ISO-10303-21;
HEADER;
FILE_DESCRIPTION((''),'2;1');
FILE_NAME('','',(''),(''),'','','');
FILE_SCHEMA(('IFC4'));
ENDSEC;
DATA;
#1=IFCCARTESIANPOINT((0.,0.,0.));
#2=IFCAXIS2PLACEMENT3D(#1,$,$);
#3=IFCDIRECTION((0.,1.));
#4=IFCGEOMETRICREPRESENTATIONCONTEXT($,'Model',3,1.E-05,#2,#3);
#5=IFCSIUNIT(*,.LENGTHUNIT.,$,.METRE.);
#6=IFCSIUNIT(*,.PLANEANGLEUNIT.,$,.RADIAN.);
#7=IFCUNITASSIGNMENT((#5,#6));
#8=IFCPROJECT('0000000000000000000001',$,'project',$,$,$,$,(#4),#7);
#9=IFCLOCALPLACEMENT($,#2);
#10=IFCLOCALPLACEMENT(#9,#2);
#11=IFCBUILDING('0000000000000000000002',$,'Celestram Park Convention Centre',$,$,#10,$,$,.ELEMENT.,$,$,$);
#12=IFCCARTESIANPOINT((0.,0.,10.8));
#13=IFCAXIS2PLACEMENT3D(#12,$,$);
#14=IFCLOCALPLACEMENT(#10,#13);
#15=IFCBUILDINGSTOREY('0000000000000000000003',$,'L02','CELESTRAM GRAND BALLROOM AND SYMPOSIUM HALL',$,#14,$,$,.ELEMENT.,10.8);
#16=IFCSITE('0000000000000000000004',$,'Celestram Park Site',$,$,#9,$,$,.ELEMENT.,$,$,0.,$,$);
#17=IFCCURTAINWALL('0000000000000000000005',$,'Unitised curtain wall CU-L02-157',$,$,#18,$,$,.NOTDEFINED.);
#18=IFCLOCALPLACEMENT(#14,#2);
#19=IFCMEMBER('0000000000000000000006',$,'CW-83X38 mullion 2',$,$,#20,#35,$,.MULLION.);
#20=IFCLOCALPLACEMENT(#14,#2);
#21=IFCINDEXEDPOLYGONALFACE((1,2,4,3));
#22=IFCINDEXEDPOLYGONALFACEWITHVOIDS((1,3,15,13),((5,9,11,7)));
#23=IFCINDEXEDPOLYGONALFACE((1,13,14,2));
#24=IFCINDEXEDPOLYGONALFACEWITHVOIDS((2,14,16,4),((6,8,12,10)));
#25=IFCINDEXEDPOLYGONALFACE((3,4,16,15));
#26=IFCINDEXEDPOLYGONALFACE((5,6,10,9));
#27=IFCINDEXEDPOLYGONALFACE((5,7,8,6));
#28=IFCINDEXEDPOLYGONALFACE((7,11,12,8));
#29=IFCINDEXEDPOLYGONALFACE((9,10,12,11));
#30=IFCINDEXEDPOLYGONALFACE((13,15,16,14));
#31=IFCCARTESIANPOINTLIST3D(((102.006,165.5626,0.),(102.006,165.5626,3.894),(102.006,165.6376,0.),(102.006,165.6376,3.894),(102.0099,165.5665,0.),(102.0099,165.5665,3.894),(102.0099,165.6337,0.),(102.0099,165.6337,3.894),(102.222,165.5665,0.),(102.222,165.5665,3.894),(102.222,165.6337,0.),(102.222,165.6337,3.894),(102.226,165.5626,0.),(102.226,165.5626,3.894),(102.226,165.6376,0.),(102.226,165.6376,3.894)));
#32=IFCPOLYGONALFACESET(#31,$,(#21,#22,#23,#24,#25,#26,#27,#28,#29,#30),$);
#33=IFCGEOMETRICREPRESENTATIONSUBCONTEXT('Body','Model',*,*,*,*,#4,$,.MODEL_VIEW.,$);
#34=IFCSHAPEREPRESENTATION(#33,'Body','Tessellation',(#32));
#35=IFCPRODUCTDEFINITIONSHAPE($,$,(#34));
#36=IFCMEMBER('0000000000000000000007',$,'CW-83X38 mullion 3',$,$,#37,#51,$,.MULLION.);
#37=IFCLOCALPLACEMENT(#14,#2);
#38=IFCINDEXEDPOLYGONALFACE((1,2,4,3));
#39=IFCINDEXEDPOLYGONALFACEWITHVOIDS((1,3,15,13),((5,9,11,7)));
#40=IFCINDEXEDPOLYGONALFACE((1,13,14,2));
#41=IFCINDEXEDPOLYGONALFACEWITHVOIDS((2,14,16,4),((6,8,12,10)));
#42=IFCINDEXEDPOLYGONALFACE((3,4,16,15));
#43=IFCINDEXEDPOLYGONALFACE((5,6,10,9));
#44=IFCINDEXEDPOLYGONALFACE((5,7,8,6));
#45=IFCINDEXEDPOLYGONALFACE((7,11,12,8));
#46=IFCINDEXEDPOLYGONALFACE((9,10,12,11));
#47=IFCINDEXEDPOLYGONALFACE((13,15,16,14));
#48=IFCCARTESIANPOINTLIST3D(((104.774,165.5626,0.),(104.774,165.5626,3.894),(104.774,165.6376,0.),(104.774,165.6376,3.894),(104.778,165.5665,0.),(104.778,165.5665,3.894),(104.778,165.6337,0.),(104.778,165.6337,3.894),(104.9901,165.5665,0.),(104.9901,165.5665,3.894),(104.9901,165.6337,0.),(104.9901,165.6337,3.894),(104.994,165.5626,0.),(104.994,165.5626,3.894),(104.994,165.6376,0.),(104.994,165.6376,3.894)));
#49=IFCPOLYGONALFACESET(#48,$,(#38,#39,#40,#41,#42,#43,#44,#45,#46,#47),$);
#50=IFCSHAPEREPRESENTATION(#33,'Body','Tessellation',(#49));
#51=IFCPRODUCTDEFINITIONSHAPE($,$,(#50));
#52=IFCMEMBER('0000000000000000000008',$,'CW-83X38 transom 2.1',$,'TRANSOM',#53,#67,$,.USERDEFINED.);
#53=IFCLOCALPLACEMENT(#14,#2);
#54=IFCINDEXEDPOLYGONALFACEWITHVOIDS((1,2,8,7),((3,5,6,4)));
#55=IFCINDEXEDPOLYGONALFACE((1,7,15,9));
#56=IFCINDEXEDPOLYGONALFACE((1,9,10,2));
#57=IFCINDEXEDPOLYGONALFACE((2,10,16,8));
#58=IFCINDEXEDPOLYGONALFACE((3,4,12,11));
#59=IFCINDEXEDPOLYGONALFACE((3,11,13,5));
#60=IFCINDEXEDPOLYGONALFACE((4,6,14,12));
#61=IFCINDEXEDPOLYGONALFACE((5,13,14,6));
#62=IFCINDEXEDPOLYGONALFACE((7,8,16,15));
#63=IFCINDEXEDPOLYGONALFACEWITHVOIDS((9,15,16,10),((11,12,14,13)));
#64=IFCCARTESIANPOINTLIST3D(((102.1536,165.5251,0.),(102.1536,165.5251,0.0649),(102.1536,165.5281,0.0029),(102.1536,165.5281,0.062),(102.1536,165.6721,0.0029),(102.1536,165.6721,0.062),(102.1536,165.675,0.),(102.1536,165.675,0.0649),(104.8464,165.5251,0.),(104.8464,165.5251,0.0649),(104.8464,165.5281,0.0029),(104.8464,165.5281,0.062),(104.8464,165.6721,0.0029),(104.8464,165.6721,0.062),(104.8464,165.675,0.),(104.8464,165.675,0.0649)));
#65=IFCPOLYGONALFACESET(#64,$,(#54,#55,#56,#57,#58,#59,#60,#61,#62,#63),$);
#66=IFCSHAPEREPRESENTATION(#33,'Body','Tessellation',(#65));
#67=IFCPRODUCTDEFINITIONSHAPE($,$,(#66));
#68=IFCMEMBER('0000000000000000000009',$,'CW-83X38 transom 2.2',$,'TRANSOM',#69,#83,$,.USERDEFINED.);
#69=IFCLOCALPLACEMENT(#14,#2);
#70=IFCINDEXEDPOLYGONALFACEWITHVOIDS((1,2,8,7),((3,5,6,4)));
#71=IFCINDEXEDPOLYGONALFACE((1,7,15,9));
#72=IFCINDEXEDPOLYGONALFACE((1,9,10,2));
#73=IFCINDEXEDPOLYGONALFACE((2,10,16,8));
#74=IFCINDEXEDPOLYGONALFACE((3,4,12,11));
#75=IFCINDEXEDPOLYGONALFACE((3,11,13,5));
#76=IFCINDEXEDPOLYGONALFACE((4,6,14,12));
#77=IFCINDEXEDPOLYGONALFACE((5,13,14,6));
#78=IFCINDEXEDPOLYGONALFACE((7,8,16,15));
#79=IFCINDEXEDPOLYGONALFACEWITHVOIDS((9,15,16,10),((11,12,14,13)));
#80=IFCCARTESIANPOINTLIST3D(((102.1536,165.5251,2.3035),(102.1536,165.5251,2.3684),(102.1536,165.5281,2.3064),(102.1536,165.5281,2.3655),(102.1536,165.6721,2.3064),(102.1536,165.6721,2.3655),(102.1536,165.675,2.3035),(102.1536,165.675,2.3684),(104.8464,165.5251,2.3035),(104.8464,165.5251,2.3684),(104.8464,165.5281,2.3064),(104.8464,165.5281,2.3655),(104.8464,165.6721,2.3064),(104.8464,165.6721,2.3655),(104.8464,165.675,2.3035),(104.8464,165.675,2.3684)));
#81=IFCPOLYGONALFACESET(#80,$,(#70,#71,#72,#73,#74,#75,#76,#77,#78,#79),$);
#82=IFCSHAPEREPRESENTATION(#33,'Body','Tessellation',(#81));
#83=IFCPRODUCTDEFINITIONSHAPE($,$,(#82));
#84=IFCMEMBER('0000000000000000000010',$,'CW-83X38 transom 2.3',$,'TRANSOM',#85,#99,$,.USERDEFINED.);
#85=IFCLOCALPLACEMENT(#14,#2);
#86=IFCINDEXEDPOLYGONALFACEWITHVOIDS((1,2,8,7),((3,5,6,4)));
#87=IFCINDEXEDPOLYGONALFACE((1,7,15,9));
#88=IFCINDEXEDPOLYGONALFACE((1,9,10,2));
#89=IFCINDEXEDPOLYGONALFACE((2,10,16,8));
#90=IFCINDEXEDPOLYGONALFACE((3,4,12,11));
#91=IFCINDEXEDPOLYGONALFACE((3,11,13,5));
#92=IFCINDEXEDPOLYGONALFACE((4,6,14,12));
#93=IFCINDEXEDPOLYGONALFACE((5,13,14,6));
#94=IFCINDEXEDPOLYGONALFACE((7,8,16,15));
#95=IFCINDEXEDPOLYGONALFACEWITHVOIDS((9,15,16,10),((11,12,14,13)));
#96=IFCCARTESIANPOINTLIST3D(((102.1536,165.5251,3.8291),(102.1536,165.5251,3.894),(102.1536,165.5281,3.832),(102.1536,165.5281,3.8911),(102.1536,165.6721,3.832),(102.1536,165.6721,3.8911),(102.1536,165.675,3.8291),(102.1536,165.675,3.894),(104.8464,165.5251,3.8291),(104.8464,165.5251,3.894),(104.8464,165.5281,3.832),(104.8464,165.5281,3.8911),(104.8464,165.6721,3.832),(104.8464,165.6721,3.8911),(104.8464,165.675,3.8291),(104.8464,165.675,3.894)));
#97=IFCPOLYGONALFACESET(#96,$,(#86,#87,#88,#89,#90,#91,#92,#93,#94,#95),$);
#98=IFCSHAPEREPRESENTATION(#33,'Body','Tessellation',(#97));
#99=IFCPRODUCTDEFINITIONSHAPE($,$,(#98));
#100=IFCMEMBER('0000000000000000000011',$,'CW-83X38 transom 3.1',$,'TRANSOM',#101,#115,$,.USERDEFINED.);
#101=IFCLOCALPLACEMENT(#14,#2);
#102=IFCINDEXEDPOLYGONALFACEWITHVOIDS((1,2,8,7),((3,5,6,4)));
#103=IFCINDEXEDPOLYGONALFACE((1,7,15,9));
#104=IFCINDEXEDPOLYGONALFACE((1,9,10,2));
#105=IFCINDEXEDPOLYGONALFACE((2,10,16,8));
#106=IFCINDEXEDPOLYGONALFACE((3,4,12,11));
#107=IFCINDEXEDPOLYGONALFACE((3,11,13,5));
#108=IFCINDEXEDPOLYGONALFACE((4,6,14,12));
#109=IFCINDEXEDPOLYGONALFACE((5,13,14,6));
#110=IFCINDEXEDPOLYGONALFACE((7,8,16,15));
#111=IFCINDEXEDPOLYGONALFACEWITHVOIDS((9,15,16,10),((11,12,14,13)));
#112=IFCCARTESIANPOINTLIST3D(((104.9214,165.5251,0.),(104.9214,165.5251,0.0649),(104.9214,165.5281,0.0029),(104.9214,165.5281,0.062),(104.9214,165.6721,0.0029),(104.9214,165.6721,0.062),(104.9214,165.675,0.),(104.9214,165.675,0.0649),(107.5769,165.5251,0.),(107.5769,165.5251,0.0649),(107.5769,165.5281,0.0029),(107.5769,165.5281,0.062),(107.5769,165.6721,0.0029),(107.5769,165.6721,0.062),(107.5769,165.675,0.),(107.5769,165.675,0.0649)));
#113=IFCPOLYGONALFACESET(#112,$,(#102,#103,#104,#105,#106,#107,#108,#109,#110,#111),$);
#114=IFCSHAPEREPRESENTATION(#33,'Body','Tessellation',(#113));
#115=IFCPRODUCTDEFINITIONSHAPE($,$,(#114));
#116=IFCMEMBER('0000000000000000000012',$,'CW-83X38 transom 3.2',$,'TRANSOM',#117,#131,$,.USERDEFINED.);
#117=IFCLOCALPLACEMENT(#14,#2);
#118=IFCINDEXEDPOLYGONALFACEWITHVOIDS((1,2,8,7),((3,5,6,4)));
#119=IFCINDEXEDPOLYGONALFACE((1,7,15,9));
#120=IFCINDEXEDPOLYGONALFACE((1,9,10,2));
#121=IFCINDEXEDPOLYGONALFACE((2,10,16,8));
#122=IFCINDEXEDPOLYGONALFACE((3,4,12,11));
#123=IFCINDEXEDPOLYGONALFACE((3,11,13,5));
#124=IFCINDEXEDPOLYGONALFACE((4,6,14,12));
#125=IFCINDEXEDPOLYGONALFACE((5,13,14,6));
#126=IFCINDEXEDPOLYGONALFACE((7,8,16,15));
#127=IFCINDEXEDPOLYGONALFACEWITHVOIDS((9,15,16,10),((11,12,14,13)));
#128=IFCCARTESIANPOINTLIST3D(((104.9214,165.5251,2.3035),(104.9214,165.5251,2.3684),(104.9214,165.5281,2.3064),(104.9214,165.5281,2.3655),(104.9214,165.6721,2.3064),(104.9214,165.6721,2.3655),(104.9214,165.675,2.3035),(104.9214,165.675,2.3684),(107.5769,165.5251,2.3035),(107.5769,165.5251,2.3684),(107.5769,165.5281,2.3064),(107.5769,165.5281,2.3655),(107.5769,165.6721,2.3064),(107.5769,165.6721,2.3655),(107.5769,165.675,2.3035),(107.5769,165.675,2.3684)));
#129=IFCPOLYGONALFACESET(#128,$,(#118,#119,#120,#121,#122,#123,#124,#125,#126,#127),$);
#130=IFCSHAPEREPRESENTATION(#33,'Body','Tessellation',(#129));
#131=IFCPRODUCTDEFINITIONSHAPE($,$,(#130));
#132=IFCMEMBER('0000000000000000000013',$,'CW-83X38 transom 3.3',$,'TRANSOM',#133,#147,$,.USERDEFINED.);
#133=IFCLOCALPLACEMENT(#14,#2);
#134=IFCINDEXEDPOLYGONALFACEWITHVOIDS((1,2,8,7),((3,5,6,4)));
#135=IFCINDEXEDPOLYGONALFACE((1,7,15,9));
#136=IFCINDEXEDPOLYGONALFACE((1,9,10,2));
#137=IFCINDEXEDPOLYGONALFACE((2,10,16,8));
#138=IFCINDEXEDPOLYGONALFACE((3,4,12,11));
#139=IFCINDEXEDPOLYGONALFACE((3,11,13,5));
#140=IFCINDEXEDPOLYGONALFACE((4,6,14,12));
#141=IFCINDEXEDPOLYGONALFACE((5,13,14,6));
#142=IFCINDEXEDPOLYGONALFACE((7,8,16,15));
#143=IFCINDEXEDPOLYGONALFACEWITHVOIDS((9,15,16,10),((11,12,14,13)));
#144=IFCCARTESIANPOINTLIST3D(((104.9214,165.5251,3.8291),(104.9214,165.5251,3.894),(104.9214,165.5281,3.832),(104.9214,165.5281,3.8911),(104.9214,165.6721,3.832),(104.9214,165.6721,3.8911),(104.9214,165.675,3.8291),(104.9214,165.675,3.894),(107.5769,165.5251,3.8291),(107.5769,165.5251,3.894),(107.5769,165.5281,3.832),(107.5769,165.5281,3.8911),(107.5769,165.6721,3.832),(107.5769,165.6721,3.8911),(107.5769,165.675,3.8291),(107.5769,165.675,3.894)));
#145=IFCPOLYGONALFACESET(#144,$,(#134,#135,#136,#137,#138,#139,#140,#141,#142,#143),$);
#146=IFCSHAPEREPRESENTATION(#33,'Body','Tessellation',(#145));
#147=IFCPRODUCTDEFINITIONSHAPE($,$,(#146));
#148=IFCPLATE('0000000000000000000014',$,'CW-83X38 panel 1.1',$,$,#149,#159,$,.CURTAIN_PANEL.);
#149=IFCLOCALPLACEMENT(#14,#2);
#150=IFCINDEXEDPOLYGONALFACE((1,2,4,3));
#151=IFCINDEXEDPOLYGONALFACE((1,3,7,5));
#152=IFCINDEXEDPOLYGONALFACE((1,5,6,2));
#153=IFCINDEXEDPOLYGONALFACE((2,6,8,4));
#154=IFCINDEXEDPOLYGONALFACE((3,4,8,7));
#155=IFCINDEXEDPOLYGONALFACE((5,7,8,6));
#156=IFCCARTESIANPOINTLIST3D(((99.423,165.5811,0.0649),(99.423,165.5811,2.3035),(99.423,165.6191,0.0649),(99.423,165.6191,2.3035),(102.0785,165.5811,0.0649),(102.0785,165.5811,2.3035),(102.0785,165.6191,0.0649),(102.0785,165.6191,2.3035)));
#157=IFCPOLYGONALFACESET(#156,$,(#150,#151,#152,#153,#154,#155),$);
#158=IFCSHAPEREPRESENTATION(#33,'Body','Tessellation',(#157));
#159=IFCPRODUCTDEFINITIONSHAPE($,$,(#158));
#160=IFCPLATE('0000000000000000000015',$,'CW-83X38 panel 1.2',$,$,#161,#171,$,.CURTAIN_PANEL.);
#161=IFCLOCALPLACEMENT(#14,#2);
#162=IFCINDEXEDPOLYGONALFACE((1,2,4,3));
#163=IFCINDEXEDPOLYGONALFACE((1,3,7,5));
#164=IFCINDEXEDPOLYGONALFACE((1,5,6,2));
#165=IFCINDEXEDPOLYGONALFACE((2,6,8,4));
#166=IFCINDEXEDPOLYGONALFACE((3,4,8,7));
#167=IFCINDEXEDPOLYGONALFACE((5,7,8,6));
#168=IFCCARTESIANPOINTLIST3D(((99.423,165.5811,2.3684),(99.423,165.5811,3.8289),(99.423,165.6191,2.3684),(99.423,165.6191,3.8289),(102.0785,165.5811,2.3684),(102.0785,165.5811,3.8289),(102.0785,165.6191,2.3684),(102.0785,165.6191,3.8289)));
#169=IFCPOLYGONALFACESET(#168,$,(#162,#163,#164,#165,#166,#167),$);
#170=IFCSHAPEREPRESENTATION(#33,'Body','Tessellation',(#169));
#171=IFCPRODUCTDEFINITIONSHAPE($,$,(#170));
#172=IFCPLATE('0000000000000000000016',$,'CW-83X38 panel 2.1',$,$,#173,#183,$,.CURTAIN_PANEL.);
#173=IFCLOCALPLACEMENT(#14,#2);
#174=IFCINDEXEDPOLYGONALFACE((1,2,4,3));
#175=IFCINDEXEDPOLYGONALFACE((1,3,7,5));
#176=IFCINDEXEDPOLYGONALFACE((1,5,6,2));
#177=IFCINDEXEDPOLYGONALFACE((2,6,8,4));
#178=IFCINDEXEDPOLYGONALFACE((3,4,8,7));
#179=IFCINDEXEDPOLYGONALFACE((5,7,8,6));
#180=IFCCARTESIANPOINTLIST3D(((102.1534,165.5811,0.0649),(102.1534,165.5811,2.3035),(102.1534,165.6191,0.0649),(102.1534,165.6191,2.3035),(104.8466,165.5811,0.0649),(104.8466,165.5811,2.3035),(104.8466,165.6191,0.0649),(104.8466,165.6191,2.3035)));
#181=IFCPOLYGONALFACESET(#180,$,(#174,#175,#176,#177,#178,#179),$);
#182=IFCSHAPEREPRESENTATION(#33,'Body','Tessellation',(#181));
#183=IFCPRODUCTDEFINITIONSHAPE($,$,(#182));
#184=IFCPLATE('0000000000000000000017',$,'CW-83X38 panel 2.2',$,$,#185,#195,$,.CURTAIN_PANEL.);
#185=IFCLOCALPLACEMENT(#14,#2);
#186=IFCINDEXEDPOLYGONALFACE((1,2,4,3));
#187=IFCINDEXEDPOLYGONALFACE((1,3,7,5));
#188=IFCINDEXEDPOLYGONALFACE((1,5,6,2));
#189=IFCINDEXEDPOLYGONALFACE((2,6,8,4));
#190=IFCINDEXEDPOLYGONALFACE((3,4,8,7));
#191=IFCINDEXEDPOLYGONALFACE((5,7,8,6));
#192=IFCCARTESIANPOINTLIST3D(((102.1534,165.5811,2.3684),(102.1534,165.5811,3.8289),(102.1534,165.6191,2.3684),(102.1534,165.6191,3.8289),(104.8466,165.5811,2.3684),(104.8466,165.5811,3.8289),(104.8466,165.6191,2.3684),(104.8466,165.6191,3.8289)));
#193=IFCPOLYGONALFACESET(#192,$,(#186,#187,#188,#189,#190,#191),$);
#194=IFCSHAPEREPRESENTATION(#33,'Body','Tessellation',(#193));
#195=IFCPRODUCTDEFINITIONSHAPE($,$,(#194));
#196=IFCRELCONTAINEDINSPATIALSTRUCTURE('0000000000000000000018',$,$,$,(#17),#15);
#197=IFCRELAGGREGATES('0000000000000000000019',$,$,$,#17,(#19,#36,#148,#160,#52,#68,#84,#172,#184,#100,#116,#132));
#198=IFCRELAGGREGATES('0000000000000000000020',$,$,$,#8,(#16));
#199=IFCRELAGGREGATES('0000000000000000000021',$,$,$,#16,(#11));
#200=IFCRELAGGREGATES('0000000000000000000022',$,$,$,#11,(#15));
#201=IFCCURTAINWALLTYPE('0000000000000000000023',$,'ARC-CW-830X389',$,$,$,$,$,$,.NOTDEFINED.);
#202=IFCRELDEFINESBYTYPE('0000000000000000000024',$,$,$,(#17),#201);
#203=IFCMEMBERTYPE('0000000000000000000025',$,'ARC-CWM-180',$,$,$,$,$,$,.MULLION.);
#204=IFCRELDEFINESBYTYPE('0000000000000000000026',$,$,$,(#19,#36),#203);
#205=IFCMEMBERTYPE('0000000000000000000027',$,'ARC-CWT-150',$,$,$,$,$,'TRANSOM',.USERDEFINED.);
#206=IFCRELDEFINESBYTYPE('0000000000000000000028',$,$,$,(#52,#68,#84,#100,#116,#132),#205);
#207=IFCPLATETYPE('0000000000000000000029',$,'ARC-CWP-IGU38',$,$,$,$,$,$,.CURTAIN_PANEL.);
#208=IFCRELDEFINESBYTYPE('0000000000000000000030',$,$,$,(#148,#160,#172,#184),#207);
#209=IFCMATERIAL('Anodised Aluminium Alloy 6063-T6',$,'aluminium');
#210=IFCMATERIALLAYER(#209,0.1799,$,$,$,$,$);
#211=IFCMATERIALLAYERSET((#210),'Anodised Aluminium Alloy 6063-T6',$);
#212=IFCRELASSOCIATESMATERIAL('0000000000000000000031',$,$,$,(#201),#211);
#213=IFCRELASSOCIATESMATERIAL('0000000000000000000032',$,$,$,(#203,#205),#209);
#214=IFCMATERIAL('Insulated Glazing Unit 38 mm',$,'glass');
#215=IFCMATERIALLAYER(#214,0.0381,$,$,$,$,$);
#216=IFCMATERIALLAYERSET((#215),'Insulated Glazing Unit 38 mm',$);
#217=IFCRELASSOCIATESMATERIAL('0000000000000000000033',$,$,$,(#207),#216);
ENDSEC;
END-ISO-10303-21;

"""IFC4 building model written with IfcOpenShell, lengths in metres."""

from ifc_helpers import new_model, si_unit, direction, frame, origin, origin_2d, place, context, subcontext, project, spatial, rectangle, hollow_rectangle, extrude, material, layer, layer_set, material_profile, profile_set, type_object, element, aggregate, save


model = new_model("IFC4")

# Units and contexts
model_context = context("Model", 3, precision=1e-05, world=origin(), true_north=direction((0.0, 1.0)))
body_context = subcontext(model_context, "Body", "Model", "MODEL_VIEW")
ifc_project = project(units=[si_unit("LENGTHUNIT", "METRE"), si_unit("PLANEANGLEUNIT", "RADIAN")], contexts=[model_context])

# Site, building, storey
site_placement = place(None, origin())
site = spatial("IfcSite", under=ifc_project, at=site_placement, Name="Celestram Park Site", CompositionType="ELEMENT", RefElevation=0.0)
building_placement = place(site_placement, origin())
building = spatial("IfcBuilding", under=site, at=building_placement, Name="Celestram Park Convention Centre", CompositionType="ELEMENT")
storey_placement = place(building_placement, frame((0.0, 0.0, 10.8)))
storey = spatial("IfcBuildingStorey", under=building, at=storey_placement, Name="L02", Description="CELESTRAM GRAND BALLROOM AND SYMPOSIUM HALL", CompositionType="ELEMENT", Elevation=10.8)

# Curtain wall, members, plates
ifc_material_1 = material(Name="Anodised Aluminium Alloy 6063-T6", Category="aluminium")
ifc_layer_1 = layer(ifc_material_1, 0.1799)
ifc_layer_set_1 = layer_set([ifc_layer_1], Name="Anodised Aluminium Alloy 6063-T6")
curtain_wall_type = type_object("IfcCurtainWallType", Name="ARC-CW-830X389", PredefinedType="NOTDEFINED", material=ifc_layer_set_1)
curtain_wall_placement = place(storey_placement, origin())
curtain_wall = element("IfcCurtainWall", 1, at=curtain_wall_placement, inside=storey, type_object=curtain_wall_type, Name="Unitised curtain wall CU-L02-157", PredefinedType="NOTDEFINED")
ifc_material_profile_1 = material_profile(ifc_material_1, hollow_rectangle(XDim=0.075, YDim=0.22, WallThickness=0.0039, at=origin_2d()), Name="ALU75X220X4")
ifc_profile_set_1 = profile_set([ifc_material_profile_1], Name="Anodised Aluminium Alloy 6063-T6")
member_type_1 = type_object("IfcMemberType", Name="ARC-CWM-180", PredefinedType="MULLION", material=ifc_profile_set_1)
member_1_placement = place(storey_placement, frame((102.116, 165.6001, 0.0), z_axis=(0.0, 0.0, 1.0), x_axis=(0.0, 1.0, 0.0)))
member_1 = element("IfcMember", 2, at=member_1_placement, type_object=member_type_1, Name="CW-83X38 mullion 2", PredefinedType="MULLION", context=body_context, shape_type="SweptSolid", body=[
    extrude(hollow_rectangle(XDim=0.075, YDim=0.22, WallThickness=0.0039, at=origin_2d()), origin(), (0.0, 0.0, 1.0), 3.894),
])
member_2_placement = place(storey_placement, frame((104.884, 165.6001, 0.0), z_axis=(0.0, 0.0, 1.0), x_axis=(0.0, 1.0, 0.0)))
member_2 = element("IfcMember", 3, at=member_2_placement, type_object=member_type_1, Name="CW-83X38 mullion 3", PredefinedType="MULLION", context=body_context, shape_type="SweptSolid", body=[
    extrude(hollow_rectangle(XDim=0.075, YDim=0.22, WallThickness=0.0039, at=origin_2d()), origin(), (0.0, 0.0, 1.0), 3.894),
])
ifc_material_profile_2 = material_profile(ifc_material_1, hollow_rectangle(XDim=0.1499, YDim=0.0649, WallThickness=0.0029, at=origin_2d()), Name="ALU150X65X3")
ifc_profile_set_2 = profile_set([ifc_material_profile_2], Name="Anodised Aluminium Alloy 6063-T6")
member_type_2 = type_object("IfcMemberType", Name="ARC-CWT-150", ElementType="TRANSOM", PredefinedType="USERDEFINED", material=ifc_profile_set_2)
member_3_placement = place(storey_placement, frame((102.1536, 165.6001, 0.0325), z_axis=(1.0, 0.0, 0.0), x_axis=(0.0, 1.0, 0.0)))
member_3 = element("IfcMember", 4, at=member_3_placement, type_object=member_type_2, Name="CW-83X38 transom 2.1", ObjectType="TRANSOM", PredefinedType="USERDEFINED", context=body_context, shape_type="SweptSolid", body=[
    extrude(hollow_rectangle(XDim=0.1499, YDim=0.0649, WallThickness=0.0029, at=origin_2d()), origin(), (0.0, 0.0, 1.0), 2.6929),
])
member_4_placement = place(storey_placement, frame((102.1536, 165.6001, 2.3359), z_axis=(1.0, 0.0, 0.0), x_axis=(0.0, 1.0, 0.0)))
member_4 = element("IfcMember", 5, at=member_4_placement, type_object=member_type_2, Name="CW-83X38 transom 2.2", ObjectType="TRANSOM", PredefinedType="USERDEFINED", context=body_context, shape_type="SweptSolid", body=[
    extrude(hollow_rectangle(XDim=0.1499, YDim=0.0649, WallThickness=0.0029, at=origin_2d()), origin(), (0.0, 0.0, 1.0), 2.6929),
])
member_5_placement = place(storey_placement, frame((102.1536, 165.6001, 3.8616), z_axis=(1.0, 0.0, 0.0), x_axis=(0.0, 1.0, 0.0)))
member_5 = element("IfcMember", 6, at=member_5_placement, type_object=member_type_2, Name="CW-83X38 transom 2.3", ObjectType="TRANSOM", PredefinedType="USERDEFINED", context=body_context, shape_type="SweptSolid", body=[
    extrude(hollow_rectangle(XDim=0.1499, YDim=0.0649, WallThickness=0.0029, at=origin_2d()), origin(), (0.0, 0.0, 1.0), 2.6929),
])
member_6_placement = place(storey_placement, frame((104.9214, 165.6001, 0.0325), z_axis=(1.0, 0.0, 0.0), x_axis=(0.0, 1.0, 0.0)))
member_6 = element("IfcMember", 7, at=member_6_placement, type_object=member_type_2, Name="CW-83X38 transom 3.1", ObjectType="TRANSOM", PredefinedType="USERDEFINED", context=body_context, shape_type="SweptSolid", body=[
    extrude(hollow_rectangle(XDim=0.1499, YDim=0.0649, WallThickness=0.0029, at=origin_2d()), origin(), (0.0, 0.0, 1.0), 2.6555),
])
member_7_placement = place(storey_placement, frame((104.9214, 165.6001, 2.3359), z_axis=(1.0, 0.0, 0.0), x_axis=(0.0, 1.0, 0.0)))
member_7 = element("IfcMember", 8, at=member_7_placement, type_object=member_type_2, Name="CW-83X38 transom 3.2", ObjectType="TRANSOM", PredefinedType="USERDEFINED", context=body_context, shape_type="SweptSolid", body=[
    extrude(hollow_rectangle(XDim=0.1499, YDim=0.0649, WallThickness=0.0029, at=origin_2d()), origin(), (0.0, 0.0, 1.0), 2.6555),
])
member_8_placement = place(storey_placement, frame((104.9214, 165.6001, 3.8616), z_axis=(1.0, 0.0, 0.0), x_axis=(0.0, 1.0, 0.0)))
member_8 = element("IfcMember", 9, at=member_8_placement, type_object=member_type_2, Name="CW-83X38 transom 3.3", ObjectType="TRANSOM", PredefinedType="USERDEFINED", context=body_context, shape_type="SweptSolid", body=[
    extrude(hollow_rectangle(XDim=0.1499, YDim=0.0649, WallThickness=0.0029, at=origin_2d()), origin(), (0.0, 0.0, 1.0), 2.6555),
])
ifc_material_2 = material(Name="Insulated Glazing Unit 38 mm", Category="glass")
ifc_layer_2 = layer(ifc_material_2, 0.0381)
ifc_layer_set_2 = layer_set([ifc_layer_2], Name="Insulated Glazing Unit 38 mm")
plate_type = type_object("IfcPlateType", Name="ARC-CWP-IGU38", PredefinedType="CURTAIN_PANEL", material=ifc_layer_set_2)
plate_1_placement = place(storey_placement, frame((100.7507, 165.6001, 0.0649), z_axis=(0.0, 0.0, 1.0), x_axis=(1.0, 0.0, 0.0)))
plate_1 = element("IfcPlate", 10, at=plate_1_placement, type_object=plate_type, Name="CW-83X38 panel 1.1", PredefinedType="CURTAIN_PANEL", context=body_context, shape_type="SweptSolid", body=[
    extrude(rectangle(XDim=2.6555, YDim=0.0381, at=origin_2d()), origin(), (0.0, 0.0, 1.0), 2.2385),
])
plate_2_placement = place(storey_placement, frame((100.7507, 165.6001, 2.3684), z_axis=(0.0, 0.0, 1.0), x_axis=(1.0, 0.0, 0.0)))
plate_2 = element("IfcPlate", 11, at=plate_2_placement, type_object=plate_type, Name="CW-83X38 panel 1.2", PredefinedType="CURTAIN_PANEL", context=body_context, shape_type="SweptSolid", body=[
    extrude(rectangle(XDim=2.6555, YDim=0.0381, at=origin_2d()), origin(), (0.0, 0.0, 1.0), 1.4604),
])
plate_3_placement = place(storey_placement, frame((103.5, 165.6001, 0.0649), z_axis=(0.0, 0.0, 1.0), x_axis=(1.0, 0.0, 0.0)))
plate_3 = element("IfcPlate", 12, at=plate_3_placement, type_object=plate_type, Name="CW-83X38 panel 2.1", PredefinedType="CURTAIN_PANEL", context=body_context, shape_type="SweptSolid", body=[
    extrude(rectangle(XDim=2.6931, YDim=0.0381, at=origin_2d()), origin(), (0.0, 0.0, 1.0), 2.2385),
])
plate_4_placement = place(storey_placement, frame((103.5, 165.6001, 2.3684), z_axis=(0.0, 0.0, 1.0), x_axis=(1.0, 0.0, 0.0)))
plate_4 = element("IfcPlate", 13, at=plate_4_placement, type_object=plate_type, Name="CW-83X38 panel 2.2", PredefinedType="CURTAIN_PANEL", context=body_context, shape_type="SweptSolid", body=[
    extrude(rectangle(XDim=2.6931, YDim=0.0381, at=origin_2d()), origin(), (0.0, 0.0, 1.0), 1.4604),
])
aggregate(curtain_wall, [member_1, member_2, plate_1, plate_2, member_3, member_4, member_5, plate_3, plate_4, member_6, member_7, member_8])

save(model, "model.ifc")
